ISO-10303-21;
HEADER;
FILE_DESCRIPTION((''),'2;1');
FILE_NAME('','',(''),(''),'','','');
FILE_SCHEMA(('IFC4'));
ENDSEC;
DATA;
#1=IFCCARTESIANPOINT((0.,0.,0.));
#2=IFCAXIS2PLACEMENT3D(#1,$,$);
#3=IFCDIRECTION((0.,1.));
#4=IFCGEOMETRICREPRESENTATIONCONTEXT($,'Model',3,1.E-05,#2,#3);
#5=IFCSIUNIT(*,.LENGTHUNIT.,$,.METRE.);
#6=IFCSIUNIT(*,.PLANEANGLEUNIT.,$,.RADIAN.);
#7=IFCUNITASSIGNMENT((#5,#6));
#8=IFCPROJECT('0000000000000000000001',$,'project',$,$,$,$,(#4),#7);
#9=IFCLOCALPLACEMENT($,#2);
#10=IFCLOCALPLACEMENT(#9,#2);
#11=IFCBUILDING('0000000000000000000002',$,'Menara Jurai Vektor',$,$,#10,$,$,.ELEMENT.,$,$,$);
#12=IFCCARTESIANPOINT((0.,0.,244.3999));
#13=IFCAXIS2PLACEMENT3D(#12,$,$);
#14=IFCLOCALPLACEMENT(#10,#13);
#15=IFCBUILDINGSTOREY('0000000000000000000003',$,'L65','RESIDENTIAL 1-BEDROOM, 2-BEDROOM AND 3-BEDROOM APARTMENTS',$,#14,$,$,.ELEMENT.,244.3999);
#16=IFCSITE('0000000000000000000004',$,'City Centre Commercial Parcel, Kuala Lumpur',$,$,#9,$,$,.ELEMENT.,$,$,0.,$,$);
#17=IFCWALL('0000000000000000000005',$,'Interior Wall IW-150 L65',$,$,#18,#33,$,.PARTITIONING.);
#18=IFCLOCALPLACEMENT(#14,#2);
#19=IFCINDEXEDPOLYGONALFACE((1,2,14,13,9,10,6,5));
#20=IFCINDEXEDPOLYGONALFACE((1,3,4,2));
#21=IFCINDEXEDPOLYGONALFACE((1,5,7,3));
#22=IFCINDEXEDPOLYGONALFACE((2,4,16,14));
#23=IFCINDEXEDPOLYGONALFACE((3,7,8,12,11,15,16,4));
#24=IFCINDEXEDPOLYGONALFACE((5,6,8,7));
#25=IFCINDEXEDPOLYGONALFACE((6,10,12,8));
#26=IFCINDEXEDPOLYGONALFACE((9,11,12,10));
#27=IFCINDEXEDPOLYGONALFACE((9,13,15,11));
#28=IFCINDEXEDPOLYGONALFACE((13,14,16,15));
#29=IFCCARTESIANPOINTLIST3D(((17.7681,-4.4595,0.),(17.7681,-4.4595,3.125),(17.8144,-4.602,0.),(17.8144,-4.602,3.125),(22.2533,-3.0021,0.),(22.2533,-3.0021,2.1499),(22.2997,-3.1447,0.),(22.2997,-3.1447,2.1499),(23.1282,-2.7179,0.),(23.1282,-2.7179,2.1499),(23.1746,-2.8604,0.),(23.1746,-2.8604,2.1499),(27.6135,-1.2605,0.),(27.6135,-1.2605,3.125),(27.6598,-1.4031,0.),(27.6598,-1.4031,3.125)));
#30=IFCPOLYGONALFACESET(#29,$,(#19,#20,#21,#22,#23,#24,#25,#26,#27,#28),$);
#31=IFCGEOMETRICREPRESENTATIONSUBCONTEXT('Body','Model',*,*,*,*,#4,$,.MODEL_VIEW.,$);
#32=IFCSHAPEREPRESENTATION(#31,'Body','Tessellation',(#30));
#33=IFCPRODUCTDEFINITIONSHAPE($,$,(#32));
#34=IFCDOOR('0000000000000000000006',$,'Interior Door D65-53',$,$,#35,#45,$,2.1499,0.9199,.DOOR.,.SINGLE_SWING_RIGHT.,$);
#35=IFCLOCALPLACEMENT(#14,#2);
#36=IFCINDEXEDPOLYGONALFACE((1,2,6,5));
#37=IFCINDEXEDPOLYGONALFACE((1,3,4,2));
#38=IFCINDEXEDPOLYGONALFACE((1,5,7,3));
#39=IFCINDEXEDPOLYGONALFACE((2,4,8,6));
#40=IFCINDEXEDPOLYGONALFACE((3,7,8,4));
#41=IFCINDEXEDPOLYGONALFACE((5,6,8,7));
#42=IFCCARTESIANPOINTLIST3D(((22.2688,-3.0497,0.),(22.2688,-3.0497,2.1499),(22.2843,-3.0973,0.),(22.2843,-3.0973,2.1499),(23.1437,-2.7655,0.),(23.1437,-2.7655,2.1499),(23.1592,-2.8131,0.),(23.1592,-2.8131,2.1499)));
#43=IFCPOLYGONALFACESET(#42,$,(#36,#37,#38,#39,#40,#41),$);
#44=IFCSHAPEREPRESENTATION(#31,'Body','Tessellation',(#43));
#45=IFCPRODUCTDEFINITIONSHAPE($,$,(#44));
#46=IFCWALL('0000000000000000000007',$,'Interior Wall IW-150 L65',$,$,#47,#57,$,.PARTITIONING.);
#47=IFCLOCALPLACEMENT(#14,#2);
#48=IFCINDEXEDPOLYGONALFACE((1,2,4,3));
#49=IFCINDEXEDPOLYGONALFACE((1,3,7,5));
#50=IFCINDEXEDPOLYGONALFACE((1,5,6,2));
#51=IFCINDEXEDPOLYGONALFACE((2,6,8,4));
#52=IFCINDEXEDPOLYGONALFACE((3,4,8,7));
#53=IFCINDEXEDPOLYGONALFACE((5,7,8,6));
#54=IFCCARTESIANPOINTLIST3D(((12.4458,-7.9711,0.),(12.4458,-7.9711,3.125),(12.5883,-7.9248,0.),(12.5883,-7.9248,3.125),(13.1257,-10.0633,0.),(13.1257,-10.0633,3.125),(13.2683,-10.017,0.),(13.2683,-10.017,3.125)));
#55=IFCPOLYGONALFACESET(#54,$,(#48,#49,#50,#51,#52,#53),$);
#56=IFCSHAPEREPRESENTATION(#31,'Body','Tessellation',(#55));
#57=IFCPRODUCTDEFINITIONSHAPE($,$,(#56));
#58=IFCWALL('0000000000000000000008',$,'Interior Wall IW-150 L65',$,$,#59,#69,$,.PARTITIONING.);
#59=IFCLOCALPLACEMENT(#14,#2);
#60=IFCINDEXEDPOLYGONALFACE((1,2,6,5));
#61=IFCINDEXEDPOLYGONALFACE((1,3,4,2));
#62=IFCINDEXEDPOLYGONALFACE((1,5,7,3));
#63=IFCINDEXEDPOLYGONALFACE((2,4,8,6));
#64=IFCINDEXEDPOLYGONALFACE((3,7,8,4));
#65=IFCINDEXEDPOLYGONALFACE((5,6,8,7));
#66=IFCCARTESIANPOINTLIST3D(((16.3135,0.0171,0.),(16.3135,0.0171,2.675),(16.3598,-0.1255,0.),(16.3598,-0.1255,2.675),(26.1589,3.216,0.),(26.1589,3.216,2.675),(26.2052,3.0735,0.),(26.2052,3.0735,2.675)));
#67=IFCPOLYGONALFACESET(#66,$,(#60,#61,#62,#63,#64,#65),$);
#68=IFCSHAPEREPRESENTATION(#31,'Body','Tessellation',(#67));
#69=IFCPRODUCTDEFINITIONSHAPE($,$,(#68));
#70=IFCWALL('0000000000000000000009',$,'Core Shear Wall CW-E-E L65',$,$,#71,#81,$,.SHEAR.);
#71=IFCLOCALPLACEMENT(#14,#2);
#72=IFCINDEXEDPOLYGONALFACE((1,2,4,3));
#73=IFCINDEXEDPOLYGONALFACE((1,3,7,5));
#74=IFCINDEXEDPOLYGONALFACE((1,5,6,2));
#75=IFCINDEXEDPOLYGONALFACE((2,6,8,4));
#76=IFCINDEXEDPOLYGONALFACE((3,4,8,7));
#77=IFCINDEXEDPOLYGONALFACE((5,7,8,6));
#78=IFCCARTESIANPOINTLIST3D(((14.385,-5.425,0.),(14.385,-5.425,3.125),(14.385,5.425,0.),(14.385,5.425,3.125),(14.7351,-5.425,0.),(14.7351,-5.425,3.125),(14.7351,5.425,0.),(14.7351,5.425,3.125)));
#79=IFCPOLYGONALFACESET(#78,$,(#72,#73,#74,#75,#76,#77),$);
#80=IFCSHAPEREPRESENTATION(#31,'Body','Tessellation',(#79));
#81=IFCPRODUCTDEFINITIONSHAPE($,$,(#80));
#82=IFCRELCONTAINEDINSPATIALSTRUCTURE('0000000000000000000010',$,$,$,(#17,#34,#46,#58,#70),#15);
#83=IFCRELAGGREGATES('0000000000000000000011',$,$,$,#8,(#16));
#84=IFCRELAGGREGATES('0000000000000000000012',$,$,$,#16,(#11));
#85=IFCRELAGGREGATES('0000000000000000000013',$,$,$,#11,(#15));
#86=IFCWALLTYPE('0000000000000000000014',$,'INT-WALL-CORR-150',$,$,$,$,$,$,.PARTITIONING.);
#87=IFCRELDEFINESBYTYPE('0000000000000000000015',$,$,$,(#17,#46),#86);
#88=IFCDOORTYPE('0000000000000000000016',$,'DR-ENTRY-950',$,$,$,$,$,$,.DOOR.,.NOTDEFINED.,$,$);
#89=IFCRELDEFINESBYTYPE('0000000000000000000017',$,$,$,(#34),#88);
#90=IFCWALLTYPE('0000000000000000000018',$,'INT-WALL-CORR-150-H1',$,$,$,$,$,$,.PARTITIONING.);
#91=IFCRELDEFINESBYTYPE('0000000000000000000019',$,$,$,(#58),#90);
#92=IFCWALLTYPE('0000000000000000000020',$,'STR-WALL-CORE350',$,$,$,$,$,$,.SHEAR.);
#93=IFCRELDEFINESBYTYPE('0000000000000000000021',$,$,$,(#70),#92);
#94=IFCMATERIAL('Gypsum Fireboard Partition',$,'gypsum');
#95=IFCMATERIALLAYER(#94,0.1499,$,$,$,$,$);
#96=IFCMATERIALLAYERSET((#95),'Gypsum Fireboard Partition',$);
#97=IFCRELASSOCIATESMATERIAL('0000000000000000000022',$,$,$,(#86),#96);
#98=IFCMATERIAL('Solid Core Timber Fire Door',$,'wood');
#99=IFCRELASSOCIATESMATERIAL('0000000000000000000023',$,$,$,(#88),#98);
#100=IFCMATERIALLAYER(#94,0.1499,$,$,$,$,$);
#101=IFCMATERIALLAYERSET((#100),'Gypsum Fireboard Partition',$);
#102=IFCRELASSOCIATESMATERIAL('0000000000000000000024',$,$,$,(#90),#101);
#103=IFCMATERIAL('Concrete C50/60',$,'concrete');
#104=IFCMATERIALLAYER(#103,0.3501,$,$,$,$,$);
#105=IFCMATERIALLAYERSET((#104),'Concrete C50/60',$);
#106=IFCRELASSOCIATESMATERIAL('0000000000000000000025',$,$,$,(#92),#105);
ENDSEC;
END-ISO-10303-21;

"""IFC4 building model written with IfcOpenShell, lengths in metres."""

from ifc_helpers import new_model, si_unit, direction, frame, frame_2d, origin, place, context, subcontext, project, spatial, rectangle, extrude, material, layer, layer_set, type_object, element, fill, save


model = new_model("IFC4")

# Units and contexts
model_context = context("Model", 3, precision=1e-05, world=origin(), true_north=direction((0.0, 1.0)))
body_context = subcontext(model_context, "Body", "Model", "MODEL_VIEW")
ifc_project = project(units=[si_unit("LENGTHUNIT", "METRE"), si_unit("PLANEANGLEUNIT", "RADIAN")], contexts=[model_context])

# Site, building, storey
site_placement = place(None, origin())
site = spatial("IfcSite", under=ifc_project, at=site_placement, Name="City Centre Commercial Parcel, Kuala Lumpur", CompositionType="ELEMENT", RefElevation=0.0)
building_placement = place(site_placement, origin())
building = spatial("IfcBuilding", under=site, at=building_placement, Name="Menara Jurai Vektor", CompositionType="ELEMENT")
storey_placement = place(building_placement, frame((0.0, 0.0, 244.3999)))
storey = spatial("IfcBuildingStorey", under=building, at=storey_placement, Name="L65", Description="RESIDENTIAL 1-BEDROOM, 2-BEDROOM AND 3-BEDROOM APARTMENTS", CompositionType="ELEMENT", Elevation=244.3999)

# Shared definitions
ifc_material_1 = material(Name="Concrete C50/60", Category="concrete")

# Shared definitions
ifc_material_2 = material(Name="Gypsum Fireboard Partition", Category="gypsum")
ifc_layer_1 = layer(ifc_material_2, 0.1499)
ifc_layer_set_1 = layer_set([ifc_layer_1], Name="Gypsum Fireboard Partition")
wall_type_1 = type_object("IfcWallType", Name="INT-WALL-CORR-150", PredefinedType="PARTITIONING", material=ifc_layer_set_1)

# Wall, opening, door
ifc_material_3 = material(Name="Solid Core Timber Fire Door", Category="wood")
door_type_1 = type_object("IfcDoorType", Name="DR-ENTRY-950", OperationType="NOTDEFINED", PredefinedType="DOOR", material=ifc_material_3)
wall_1_placement = place(storey_placement, frame((17.7913, -4.5308, 0.0), z_axis=(0.0, 0.0, 1.0), x_axis=(0.951057, 0.309016, 0.0)))
wall_1 = element("IfcWall", 1, at=wall_1_placement, inside=storey, type_object=wall_type_1, Name="Interior Wall IW-150 L65", PredefinedType="PARTITIONING", context=body_context, shape_type="SweptSolid", body=[
    extrude(rectangle(XDim=10.3521, YDim=0.1499, at=frame_2d((5.176, 0.0))), origin(), (0.0, 0.0, 1.0), 3.125),
])
opening_1_placement = place(wall_1_placement, frame((4.7161, 0.0, 0.0)))
opening_1 = element("IfcOpeningElement", 2, at=opening_1_placement, cuts=wall_1, PredefinedType="OPENING", context=body_context, shape_type="SweptSolid", body=[
    extrude(rectangle(XDim=0.9199, YDim=2.1499, at=frame_2d((0.46, 1.075))), frame((0.0, 0.085, 0.0), z_axis=(0.0, -1.0, 0.0), x_axis=(1.0, 0.0, 0.0)), (0.0, 0.0, 1.0), 0.1699),
])
door_1_placement = place(opening_1_placement, origin())
door_1 = element("IfcDoor", 3, at=door_1_placement, inside=storey, type_object=door_type_1, Name="Interior Door D65-53", OperationType="SINGLE_SWING_RIGHT", OverallHeight=2.1499, OverallWidth=0.9199, PredefinedType="DOOR", context=body_context, shape_type="SweptSolid", body=[
    extrude(rectangle(XDim=0.9199, YDim=2.1499, at=frame_2d((0.46, 1.075))), frame((0.0, 0.0249, 0.0), z_axis=(0.0, -1.0, 0.0), x_axis=(1.0, 0.0, 0.0)), (0.0, 0.0, 1.0), 0.05),
])
fill(opening_1, door_1)

# Walls
wall_2_placement = place(storey_placement, frame((13.197, -10.0403, 0.0), z_axis=(0.0, 0.0, 1.0), x_axis=(-0.309061, 0.951042, 0.0)))
element("IfcWall", 4, at=wall_2_placement, inside=storey, type_object=wall_type_1, Name="Interior Wall IW-150 L65", PredefinedType="PARTITIONING", context=body_context, shape_type="SweptSolid", body=[
    extrude(rectangle(XDim=2.2, YDim=0.1499, at=frame_2d((1.1001, 0.0))), origin(), (0.0, 0.0, 1.0), 3.125),
])
ifc_layer_2 = layer(ifc_material_2, 0.1499)
ifc_layer_set_2 = layer_set([ifc_layer_2], Name="Gypsum Fireboard Partition")
wall_type_2 = type_object("IfcWallType", Name="INT-WALL-CORR-150-H1", PredefinedType="PARTITIONING", material=ifc_layer_set_2)
wall_3_placement = place(storey_placement, frame((16.3367, -0.0542, 0.0), z_axis=(0.0, 0.0, 1.0), x_axis=(0.951057, 0.309016, 0.0)))
element("IfcWall", 5, at=wall_3_placement, inside=storey, type_object=wall_type_2, Name="Interior Wall IW-150 L65", PredefinedType="PARTITIONING", context=body_context, shape_type="SweptSolid", body=[
    extrude(rectangle(XDim=10.3521, YDim=0.1499, at=frame_2d((5.176, 0.0))), origin(), (0.0, 0.0, 1.0), 2.675),
])
ifc_layer_3 = layer(ifc_material_1, 0.3501)
ifc_layer_set_3 = layer_set([ifc_layer_3], Name="Concrete C50/60")
wall_type_3 = type_object("IfcWallType", Name="STR-WALL-CORE350", PredefinedType="SHEAR", material=ifc_layer_set_3)
wall_4_placement = place(storey_placement, frame((14.5601, -5.425, 0.0), z_axis=(0.0, 0.0, 1.0), x_axis=(0.0, 1.0, 0.0)))
element("IfcWall", 6, at=wall_4_placement, inside=storey, type_object=wall_type_3, Name="Core Shear Wall CW-E-E L65", PredefinedType="SHEAR", context=body_context, shape_type="SweptSolid", body=[
    extrude(rectangle(XDim=10.8501, YDim=0.3501, at=frame_2d((5.425, 0.0))), origin(), (0.0, 0.0, 1.0), 3.125),
])

save(model, "model.ifc")
